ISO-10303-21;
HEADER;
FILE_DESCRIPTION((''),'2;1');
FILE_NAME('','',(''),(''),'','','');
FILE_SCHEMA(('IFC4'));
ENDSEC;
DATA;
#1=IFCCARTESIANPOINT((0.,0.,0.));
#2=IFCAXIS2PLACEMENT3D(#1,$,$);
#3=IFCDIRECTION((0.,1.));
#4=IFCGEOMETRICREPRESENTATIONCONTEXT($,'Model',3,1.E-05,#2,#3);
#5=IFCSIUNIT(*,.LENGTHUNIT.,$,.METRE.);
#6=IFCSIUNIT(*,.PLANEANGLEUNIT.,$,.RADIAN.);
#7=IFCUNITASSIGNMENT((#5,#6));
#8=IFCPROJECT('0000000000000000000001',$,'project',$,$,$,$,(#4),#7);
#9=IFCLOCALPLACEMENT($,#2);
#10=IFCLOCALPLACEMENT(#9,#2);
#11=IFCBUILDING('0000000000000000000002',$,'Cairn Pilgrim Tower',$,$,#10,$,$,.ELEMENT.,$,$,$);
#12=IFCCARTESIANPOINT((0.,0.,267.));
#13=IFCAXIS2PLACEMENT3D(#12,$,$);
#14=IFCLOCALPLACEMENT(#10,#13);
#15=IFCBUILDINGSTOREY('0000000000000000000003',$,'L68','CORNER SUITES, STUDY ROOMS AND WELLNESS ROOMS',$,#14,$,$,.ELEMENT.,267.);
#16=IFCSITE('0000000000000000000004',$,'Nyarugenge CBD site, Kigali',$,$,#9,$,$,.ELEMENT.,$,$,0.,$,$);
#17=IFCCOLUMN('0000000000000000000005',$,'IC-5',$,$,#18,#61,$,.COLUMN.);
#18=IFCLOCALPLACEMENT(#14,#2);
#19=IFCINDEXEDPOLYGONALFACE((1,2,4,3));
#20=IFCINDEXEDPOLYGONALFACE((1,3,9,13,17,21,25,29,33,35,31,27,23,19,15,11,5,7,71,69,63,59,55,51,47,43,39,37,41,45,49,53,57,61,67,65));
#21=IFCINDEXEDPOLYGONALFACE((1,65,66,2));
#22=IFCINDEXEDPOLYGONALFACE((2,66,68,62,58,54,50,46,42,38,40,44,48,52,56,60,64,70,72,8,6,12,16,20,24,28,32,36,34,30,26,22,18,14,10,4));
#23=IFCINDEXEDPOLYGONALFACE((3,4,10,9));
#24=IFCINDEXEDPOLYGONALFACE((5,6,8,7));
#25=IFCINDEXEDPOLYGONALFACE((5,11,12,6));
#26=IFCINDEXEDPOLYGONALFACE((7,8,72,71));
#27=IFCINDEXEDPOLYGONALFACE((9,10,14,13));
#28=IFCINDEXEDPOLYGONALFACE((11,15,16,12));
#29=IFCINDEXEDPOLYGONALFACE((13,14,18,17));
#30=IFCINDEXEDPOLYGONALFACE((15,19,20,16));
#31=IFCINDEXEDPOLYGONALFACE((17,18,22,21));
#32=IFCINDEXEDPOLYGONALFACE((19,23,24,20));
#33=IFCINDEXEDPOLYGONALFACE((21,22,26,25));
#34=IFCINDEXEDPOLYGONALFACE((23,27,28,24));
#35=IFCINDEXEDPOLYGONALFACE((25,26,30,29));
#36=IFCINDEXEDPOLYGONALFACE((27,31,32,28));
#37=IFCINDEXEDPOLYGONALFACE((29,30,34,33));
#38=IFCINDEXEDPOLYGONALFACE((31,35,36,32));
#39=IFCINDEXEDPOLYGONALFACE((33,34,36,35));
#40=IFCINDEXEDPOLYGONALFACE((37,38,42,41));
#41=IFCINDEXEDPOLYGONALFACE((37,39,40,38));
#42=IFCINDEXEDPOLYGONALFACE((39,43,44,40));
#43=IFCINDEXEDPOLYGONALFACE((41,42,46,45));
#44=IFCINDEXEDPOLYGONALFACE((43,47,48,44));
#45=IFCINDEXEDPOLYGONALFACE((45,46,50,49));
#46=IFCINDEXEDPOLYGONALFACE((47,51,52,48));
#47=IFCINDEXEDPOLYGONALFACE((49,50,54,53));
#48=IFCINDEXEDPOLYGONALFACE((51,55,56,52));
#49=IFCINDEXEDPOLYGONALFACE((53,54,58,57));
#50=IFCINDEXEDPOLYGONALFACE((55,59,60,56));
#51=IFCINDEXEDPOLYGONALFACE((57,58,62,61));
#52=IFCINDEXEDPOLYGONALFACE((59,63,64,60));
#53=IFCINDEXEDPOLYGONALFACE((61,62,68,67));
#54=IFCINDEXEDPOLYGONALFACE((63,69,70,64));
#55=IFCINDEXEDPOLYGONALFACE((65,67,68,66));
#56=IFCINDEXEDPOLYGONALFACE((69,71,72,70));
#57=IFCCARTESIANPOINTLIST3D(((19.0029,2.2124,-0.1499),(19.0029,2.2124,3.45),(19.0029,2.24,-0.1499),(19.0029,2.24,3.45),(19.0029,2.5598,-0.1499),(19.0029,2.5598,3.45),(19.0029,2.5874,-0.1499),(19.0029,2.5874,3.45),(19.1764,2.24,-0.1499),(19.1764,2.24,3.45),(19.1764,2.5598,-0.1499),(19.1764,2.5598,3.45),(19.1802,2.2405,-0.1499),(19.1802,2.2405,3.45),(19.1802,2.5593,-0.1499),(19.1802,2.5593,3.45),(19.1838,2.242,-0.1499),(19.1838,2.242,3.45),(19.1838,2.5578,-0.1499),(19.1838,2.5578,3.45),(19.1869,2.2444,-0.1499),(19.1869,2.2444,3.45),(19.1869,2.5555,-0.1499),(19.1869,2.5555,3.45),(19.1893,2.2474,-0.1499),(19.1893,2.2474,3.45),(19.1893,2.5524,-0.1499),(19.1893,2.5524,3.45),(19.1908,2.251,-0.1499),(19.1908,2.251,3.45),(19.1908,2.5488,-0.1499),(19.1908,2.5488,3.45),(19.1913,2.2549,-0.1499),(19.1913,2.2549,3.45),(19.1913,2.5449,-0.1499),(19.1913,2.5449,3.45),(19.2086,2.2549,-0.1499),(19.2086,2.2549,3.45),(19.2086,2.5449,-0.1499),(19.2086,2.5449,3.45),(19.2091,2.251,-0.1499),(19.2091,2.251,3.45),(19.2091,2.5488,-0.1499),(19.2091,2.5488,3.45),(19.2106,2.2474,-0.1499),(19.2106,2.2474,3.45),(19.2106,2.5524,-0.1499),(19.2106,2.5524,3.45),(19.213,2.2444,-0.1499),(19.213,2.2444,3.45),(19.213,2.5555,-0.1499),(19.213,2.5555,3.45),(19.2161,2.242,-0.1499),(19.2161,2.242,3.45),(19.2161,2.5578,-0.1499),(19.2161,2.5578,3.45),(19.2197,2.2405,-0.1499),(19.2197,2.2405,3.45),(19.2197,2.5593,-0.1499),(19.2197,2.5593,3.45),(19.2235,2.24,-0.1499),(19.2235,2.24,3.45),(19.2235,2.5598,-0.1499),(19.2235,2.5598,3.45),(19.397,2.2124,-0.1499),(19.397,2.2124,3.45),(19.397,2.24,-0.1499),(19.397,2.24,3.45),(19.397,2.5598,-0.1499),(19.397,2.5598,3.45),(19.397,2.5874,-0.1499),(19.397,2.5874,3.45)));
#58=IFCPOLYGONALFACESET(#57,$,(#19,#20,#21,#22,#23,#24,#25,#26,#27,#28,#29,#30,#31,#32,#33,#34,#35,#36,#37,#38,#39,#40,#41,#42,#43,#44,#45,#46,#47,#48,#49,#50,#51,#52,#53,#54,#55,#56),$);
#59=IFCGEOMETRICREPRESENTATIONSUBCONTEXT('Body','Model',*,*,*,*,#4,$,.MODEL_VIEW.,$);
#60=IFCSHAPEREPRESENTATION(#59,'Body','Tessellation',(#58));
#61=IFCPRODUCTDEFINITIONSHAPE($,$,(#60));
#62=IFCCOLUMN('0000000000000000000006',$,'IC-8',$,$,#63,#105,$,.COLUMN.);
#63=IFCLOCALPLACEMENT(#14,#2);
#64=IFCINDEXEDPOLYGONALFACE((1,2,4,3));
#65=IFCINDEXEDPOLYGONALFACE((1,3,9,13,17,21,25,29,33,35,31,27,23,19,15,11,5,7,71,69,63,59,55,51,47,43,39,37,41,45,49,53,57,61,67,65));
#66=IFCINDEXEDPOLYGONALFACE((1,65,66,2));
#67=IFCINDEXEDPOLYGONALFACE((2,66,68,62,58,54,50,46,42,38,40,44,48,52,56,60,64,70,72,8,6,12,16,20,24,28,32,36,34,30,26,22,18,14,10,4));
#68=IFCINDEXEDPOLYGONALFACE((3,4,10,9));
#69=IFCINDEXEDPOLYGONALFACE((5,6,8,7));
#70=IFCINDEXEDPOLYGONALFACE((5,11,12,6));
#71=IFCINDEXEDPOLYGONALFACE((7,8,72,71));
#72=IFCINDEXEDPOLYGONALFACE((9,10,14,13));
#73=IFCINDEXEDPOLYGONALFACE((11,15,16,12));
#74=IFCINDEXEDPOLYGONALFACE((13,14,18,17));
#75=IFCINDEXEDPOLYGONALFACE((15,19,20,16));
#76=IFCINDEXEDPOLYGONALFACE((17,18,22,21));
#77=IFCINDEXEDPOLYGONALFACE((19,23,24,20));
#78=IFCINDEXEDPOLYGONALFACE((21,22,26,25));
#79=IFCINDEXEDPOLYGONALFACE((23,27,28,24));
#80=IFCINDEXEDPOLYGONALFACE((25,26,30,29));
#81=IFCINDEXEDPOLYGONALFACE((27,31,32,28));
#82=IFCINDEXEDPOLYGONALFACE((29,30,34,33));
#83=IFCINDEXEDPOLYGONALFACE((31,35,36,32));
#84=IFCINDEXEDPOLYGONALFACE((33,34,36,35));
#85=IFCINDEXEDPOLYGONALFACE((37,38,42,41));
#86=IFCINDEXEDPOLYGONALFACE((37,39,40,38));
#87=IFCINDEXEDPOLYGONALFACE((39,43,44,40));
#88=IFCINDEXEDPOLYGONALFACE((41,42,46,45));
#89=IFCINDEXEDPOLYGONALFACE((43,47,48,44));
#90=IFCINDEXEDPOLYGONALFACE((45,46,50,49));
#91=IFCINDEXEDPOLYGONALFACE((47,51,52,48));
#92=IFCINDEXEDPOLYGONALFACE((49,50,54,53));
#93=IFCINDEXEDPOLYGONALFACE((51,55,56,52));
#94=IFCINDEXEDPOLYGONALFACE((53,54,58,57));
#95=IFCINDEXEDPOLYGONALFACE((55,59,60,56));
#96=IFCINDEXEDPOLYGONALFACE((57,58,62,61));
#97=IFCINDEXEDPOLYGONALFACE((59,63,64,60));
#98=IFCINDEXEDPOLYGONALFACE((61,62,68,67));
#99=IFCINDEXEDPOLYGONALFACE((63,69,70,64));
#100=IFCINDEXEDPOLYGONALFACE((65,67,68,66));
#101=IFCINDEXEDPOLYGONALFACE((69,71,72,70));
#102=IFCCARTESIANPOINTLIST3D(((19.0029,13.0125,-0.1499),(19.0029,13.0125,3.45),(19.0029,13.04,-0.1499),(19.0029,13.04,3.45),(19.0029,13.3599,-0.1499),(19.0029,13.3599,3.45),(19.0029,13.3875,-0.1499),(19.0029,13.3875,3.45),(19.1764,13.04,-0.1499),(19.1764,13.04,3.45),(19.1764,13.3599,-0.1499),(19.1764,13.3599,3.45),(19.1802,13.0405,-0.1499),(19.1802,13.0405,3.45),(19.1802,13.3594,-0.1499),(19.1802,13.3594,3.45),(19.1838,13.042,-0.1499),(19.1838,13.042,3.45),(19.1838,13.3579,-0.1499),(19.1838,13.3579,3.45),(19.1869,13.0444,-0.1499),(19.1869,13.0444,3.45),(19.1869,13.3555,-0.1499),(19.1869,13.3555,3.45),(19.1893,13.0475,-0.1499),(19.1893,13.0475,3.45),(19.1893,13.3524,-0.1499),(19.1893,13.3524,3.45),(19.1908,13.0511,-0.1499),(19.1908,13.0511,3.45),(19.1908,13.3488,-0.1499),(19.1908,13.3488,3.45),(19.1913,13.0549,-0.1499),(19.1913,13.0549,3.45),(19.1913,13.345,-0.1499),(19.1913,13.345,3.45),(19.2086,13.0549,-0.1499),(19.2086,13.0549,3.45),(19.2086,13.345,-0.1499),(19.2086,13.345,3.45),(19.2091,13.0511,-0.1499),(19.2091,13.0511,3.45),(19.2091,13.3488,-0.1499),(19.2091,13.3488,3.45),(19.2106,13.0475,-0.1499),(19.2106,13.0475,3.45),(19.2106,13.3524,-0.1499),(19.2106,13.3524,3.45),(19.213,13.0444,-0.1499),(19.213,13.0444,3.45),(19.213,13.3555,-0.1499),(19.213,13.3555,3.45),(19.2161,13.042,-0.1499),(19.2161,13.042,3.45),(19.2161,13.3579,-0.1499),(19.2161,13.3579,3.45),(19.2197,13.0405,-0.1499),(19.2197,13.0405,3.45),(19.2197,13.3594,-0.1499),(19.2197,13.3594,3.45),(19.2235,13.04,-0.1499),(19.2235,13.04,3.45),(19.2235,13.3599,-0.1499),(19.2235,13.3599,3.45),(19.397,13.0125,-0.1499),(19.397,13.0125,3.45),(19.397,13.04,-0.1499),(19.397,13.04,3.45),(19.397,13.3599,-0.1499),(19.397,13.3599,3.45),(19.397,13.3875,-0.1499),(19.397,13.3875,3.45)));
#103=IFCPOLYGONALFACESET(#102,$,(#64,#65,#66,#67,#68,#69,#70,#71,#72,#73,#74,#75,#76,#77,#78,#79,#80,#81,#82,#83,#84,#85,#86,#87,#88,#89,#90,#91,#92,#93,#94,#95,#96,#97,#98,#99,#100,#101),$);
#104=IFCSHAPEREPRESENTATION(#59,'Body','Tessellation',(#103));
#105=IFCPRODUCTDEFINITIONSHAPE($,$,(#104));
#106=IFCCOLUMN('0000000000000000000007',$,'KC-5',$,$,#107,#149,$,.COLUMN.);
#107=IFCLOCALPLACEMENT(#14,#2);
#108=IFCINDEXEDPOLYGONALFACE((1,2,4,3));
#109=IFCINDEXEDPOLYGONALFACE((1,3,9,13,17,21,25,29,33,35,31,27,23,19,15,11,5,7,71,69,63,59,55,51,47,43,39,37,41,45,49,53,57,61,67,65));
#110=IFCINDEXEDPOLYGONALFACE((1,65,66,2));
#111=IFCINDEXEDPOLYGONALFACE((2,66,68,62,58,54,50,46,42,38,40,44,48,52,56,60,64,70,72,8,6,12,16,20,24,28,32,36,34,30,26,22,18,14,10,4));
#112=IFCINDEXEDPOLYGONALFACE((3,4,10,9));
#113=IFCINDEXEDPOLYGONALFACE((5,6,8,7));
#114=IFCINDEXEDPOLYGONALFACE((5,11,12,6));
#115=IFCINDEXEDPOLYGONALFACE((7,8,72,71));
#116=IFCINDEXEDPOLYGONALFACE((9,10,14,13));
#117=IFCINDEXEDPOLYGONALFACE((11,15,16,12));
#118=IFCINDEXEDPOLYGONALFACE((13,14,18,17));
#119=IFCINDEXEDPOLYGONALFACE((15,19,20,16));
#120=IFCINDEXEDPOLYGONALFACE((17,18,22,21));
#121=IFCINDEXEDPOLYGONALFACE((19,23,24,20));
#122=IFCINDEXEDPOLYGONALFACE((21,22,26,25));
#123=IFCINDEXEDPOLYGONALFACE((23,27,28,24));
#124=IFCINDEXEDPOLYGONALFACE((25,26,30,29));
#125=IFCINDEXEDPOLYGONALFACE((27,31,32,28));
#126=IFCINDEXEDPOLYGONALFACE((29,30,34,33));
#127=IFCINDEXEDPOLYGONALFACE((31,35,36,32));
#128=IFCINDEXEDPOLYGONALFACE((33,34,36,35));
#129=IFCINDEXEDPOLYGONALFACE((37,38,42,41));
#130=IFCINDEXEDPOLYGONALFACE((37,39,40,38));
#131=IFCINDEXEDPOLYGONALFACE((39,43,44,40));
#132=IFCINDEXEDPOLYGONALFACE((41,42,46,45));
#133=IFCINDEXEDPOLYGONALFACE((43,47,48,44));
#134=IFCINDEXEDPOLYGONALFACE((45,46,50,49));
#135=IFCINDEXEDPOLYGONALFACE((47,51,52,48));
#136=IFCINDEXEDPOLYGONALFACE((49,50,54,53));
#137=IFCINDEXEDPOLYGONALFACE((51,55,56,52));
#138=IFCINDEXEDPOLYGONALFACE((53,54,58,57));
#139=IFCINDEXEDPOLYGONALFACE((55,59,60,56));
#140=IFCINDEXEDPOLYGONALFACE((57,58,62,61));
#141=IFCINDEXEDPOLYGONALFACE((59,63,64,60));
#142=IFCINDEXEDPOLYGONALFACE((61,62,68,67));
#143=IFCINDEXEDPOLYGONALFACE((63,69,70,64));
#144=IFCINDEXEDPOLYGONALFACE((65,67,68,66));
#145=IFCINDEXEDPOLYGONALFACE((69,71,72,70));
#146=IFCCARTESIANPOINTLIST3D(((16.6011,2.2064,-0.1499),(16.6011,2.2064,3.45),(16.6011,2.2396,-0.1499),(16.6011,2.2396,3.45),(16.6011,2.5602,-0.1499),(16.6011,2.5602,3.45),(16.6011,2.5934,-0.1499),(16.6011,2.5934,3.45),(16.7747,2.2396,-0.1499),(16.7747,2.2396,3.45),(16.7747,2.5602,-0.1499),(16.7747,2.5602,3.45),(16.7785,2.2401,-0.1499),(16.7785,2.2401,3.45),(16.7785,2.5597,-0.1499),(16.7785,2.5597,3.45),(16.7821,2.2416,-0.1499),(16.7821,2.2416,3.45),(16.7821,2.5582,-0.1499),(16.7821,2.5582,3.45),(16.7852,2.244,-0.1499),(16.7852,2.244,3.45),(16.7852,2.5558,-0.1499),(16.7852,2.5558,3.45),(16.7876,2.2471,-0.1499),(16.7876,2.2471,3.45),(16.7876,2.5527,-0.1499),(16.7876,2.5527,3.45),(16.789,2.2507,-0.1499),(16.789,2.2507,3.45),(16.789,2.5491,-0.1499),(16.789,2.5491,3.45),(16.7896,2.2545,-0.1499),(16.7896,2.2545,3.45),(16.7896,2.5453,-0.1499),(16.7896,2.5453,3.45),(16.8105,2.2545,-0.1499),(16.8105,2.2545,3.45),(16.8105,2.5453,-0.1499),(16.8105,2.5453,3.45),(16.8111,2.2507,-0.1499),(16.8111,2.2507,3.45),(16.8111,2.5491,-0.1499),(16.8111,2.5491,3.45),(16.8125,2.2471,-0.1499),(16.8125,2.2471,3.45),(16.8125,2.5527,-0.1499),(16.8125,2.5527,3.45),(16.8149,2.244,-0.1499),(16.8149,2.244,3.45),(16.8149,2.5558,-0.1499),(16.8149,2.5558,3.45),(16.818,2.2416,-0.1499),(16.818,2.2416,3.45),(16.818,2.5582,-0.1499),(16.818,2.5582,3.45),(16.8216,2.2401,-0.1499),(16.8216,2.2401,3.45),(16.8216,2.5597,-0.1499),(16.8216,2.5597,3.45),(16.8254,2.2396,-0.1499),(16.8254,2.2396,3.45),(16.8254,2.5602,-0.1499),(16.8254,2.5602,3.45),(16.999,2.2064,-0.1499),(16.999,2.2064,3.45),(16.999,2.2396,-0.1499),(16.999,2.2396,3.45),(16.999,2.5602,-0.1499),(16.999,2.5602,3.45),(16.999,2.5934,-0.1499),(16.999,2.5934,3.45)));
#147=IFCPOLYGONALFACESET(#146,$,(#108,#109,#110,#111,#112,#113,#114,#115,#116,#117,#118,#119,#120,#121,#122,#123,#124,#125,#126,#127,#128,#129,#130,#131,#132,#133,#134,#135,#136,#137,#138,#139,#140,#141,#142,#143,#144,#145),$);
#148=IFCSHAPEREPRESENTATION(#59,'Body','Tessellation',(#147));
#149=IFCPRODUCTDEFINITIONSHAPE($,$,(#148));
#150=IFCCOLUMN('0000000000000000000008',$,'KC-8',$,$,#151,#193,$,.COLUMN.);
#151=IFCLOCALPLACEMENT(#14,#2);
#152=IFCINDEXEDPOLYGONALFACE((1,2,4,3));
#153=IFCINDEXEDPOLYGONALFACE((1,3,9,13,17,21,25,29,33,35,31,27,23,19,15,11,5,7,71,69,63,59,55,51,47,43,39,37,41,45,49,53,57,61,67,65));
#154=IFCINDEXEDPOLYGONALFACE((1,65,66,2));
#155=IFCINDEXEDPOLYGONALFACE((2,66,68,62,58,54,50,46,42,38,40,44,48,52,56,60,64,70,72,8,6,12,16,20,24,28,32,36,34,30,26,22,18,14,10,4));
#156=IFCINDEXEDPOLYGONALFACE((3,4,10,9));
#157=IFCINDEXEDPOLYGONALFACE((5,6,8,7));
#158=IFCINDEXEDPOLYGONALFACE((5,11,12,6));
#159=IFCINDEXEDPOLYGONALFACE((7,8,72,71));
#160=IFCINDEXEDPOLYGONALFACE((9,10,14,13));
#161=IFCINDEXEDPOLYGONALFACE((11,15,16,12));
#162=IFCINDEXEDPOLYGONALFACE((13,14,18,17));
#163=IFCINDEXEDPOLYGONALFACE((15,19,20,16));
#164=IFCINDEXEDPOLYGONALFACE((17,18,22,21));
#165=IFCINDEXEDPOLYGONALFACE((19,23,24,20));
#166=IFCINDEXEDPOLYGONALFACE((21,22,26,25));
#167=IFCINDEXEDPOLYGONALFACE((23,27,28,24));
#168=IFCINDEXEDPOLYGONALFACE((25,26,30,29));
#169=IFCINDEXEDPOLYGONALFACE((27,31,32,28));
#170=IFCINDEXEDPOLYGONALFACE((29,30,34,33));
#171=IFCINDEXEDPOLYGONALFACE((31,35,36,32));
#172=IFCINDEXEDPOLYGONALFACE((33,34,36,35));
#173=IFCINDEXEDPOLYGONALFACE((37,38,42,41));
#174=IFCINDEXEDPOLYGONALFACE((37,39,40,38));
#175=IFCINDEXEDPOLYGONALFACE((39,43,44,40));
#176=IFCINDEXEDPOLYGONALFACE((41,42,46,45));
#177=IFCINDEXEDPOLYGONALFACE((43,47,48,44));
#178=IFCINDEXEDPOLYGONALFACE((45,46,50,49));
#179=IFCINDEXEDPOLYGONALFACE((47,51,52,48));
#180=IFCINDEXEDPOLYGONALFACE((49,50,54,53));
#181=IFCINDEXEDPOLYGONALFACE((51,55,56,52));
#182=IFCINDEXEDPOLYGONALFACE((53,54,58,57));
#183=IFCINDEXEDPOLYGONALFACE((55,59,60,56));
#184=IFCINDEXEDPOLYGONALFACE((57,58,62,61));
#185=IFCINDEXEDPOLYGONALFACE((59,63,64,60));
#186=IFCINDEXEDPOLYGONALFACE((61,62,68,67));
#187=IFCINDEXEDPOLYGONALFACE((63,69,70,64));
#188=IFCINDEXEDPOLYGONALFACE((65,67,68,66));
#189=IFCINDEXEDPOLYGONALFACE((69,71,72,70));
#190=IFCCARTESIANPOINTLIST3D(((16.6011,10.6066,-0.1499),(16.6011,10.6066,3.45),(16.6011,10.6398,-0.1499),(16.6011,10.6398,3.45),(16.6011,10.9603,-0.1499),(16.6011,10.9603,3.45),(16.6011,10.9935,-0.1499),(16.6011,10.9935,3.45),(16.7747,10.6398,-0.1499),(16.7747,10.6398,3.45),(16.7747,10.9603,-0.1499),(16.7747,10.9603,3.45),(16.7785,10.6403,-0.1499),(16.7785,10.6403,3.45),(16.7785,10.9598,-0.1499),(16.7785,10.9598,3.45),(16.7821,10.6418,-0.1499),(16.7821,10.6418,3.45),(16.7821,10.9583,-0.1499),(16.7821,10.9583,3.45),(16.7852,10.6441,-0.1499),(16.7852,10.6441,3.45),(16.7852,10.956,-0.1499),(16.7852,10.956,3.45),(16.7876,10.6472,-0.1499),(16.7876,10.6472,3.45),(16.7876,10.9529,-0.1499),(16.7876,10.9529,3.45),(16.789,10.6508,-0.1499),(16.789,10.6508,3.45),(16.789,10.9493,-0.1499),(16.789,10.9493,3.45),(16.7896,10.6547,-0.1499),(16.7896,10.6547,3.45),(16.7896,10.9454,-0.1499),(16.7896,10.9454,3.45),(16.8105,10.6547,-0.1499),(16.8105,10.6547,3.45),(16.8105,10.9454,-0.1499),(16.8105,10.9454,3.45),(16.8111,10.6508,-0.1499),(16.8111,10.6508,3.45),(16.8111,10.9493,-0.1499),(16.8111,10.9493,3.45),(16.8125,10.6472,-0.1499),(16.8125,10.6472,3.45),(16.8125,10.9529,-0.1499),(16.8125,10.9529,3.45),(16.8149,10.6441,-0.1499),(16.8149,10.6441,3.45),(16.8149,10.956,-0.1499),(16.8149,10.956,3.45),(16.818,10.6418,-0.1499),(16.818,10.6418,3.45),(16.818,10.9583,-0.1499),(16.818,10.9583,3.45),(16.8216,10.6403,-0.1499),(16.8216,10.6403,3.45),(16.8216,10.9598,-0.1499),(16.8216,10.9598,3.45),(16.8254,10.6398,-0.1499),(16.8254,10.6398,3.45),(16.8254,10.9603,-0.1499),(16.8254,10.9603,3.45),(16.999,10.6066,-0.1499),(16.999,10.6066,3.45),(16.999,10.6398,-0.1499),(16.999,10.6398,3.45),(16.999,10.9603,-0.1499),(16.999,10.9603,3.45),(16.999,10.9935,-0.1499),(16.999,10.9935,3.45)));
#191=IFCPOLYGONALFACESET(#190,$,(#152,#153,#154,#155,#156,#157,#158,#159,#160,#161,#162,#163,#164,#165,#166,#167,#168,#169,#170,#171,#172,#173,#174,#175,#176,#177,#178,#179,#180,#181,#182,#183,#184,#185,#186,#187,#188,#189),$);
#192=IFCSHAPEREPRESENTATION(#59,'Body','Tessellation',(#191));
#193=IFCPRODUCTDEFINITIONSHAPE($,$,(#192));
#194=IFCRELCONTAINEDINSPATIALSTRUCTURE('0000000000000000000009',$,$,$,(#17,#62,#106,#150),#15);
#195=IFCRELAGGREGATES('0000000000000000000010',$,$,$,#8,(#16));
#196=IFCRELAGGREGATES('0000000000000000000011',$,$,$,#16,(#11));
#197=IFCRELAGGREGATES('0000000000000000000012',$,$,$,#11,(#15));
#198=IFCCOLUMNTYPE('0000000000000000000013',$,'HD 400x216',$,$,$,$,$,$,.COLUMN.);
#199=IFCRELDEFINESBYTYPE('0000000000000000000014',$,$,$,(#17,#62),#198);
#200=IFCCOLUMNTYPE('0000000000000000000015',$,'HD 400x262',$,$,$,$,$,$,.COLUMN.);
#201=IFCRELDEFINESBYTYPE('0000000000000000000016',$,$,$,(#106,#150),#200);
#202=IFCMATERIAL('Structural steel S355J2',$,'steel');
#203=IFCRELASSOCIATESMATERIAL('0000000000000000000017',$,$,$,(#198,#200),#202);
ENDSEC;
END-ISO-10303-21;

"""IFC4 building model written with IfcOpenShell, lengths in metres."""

from ifc_helpers import new_model, si_unit, direction, frame, origin, origin_2d, place, context, subcontext, project, spatial, i_section, extrude, material, material_profile, profile_set, type_object, element, save


model = new_model("IFC4")

# Units and contexts
model_context = context("Model", 3, precision=1e-05, world=origin(), true_north=direction((0.0, 1.0)))
body_context = subcontext(model_context, "Body", "Model", "MODEL_VIEW")
ifc_project = project(units=[si_unit("LENGTHUNIT", "METRE"), si_unit("PLANEANGLEUNIT", "RADIAN")], contexts=[model_context])

# Site, building, storey
site_placement = place(None, origin())
site = spatial("IfcSite", under=ifc_project, at=site_placement, Name="Nyarugenge CBD site, Kigali", CompositionType="ELEMENT", RefElevation=0.0)
building_placement = place(site_placement, origin())
building = spatial("IfcBuilding", under=site, at=building_placement, Name="Cairn Pilgrim Tower", CompositionType="ELEMENT")
storey_placement = place(building_placement, frame((0.0, 0.0, 267.0)))
storey = spatial("IfcBuildingStorey", under=building, at=storey_placement, Name="L68", Description="CORNER SUITES, STUDY ROOMS AND WELLNESS ROOMS", CompositionType="ELEMENT", Elevation=267.0)

# Columns
ifc_material_1 = material(Name="Structural steel S355J2", Category="steel")
ifc_material_profile_1 = material_profile(ifc_material_1, i_section(OverallWidth=0.394, OverallDepth=0.375, WebThickness=0.0173, FlangeThickness=0.0276, FilletRadius=0.0149, at=origin_2d()), Name="HD 400x216")
ifc_profile_set_1 = profile_set([ifc_material_profile_1], Name="Structural steel S355J2")
column_type_1 = type_object("IfcColumnType", Name="HD 400x216", PredefinedType="COLUMN", material=ifc_profile_set_1)
for number, where, z_axis, x_axis, name in (
    (1, (19.2, 2.3999, -0.1499), (0.0, 0.0, 1.0), (1.0, 0.0, 0.0), "IC-5"),
    (2, (19.2, 13.2, -0.1499), (0.0, 0.0, 1.0), (1.0, 0.0, 0.0), "IC-8"),
):
    element("IfcColumn", number, at=place(storey_placement, frame(where, z_axis=z_axis, x_axis=x_axis)), inside=storey, type_object=column_type_1, Name=name, PredefinedType="COLUMN", context=body_context, shape_type="SweptSolid", body=[
        extrude(i_section(OverallWidth=0.394, OverallDepth=0.375, WebThickness=0.0173, FlangeThickness=0.0276, FilletRadius=0.0149, at=origin_2d()), origin(), (0.0, 0.0, 1.0), 3.5999),
    ])
ifc_material_profile_2 = material_profile(ifc_material_1, i_section(OverallWidth=0.3979, OverallDepth=0.387, WebThickness=0.021, FlangeThickness=0.0332, FilletRadius=0.0149, at=origin_2d()), Name="HD 400x262")
ifc_profile_set_2 = profile_set([ifc_material_profile_2], Name="Structural steel S355J2")
column_type_2 = type_object("IfcColumnType", Name="HD 400x262", PredefinedType="COLUMN", material=ifc_profile_set_2)
for number, where, z_axis, x_axis, name in (
    (3, (16.8, 2.3999, -0.1499), (0.0, 0.0, 1.0), (1.0, 0.0, 0.0), "KC-5"),
    (4, (16.8, 10.8, -0.1499), (0.0, 0.0, 1.0), (1.0, 0.0, 0.0), "KC-8"),
):
    element("IfcColumn", number, at=place(storey_placement, frame(where, z_axis=z_axis, x_axis=x_axis)), inside=storey, type_object=column_type_2, Name=name, PredefinedType="COLUMN", context=body_context, shape_type="SweptSolid", body=[
        extrude(i_section(OverallWidth=0.3979, OverallDepth=0.387, WebThickness=0.021, FlangeThickness=0.0332, FilletRadius=0.0149, at=origin_2d()), origin(), (0.0, 0.0, 1.0), 3.5999),
    ])

save(model, "model.ifc")
